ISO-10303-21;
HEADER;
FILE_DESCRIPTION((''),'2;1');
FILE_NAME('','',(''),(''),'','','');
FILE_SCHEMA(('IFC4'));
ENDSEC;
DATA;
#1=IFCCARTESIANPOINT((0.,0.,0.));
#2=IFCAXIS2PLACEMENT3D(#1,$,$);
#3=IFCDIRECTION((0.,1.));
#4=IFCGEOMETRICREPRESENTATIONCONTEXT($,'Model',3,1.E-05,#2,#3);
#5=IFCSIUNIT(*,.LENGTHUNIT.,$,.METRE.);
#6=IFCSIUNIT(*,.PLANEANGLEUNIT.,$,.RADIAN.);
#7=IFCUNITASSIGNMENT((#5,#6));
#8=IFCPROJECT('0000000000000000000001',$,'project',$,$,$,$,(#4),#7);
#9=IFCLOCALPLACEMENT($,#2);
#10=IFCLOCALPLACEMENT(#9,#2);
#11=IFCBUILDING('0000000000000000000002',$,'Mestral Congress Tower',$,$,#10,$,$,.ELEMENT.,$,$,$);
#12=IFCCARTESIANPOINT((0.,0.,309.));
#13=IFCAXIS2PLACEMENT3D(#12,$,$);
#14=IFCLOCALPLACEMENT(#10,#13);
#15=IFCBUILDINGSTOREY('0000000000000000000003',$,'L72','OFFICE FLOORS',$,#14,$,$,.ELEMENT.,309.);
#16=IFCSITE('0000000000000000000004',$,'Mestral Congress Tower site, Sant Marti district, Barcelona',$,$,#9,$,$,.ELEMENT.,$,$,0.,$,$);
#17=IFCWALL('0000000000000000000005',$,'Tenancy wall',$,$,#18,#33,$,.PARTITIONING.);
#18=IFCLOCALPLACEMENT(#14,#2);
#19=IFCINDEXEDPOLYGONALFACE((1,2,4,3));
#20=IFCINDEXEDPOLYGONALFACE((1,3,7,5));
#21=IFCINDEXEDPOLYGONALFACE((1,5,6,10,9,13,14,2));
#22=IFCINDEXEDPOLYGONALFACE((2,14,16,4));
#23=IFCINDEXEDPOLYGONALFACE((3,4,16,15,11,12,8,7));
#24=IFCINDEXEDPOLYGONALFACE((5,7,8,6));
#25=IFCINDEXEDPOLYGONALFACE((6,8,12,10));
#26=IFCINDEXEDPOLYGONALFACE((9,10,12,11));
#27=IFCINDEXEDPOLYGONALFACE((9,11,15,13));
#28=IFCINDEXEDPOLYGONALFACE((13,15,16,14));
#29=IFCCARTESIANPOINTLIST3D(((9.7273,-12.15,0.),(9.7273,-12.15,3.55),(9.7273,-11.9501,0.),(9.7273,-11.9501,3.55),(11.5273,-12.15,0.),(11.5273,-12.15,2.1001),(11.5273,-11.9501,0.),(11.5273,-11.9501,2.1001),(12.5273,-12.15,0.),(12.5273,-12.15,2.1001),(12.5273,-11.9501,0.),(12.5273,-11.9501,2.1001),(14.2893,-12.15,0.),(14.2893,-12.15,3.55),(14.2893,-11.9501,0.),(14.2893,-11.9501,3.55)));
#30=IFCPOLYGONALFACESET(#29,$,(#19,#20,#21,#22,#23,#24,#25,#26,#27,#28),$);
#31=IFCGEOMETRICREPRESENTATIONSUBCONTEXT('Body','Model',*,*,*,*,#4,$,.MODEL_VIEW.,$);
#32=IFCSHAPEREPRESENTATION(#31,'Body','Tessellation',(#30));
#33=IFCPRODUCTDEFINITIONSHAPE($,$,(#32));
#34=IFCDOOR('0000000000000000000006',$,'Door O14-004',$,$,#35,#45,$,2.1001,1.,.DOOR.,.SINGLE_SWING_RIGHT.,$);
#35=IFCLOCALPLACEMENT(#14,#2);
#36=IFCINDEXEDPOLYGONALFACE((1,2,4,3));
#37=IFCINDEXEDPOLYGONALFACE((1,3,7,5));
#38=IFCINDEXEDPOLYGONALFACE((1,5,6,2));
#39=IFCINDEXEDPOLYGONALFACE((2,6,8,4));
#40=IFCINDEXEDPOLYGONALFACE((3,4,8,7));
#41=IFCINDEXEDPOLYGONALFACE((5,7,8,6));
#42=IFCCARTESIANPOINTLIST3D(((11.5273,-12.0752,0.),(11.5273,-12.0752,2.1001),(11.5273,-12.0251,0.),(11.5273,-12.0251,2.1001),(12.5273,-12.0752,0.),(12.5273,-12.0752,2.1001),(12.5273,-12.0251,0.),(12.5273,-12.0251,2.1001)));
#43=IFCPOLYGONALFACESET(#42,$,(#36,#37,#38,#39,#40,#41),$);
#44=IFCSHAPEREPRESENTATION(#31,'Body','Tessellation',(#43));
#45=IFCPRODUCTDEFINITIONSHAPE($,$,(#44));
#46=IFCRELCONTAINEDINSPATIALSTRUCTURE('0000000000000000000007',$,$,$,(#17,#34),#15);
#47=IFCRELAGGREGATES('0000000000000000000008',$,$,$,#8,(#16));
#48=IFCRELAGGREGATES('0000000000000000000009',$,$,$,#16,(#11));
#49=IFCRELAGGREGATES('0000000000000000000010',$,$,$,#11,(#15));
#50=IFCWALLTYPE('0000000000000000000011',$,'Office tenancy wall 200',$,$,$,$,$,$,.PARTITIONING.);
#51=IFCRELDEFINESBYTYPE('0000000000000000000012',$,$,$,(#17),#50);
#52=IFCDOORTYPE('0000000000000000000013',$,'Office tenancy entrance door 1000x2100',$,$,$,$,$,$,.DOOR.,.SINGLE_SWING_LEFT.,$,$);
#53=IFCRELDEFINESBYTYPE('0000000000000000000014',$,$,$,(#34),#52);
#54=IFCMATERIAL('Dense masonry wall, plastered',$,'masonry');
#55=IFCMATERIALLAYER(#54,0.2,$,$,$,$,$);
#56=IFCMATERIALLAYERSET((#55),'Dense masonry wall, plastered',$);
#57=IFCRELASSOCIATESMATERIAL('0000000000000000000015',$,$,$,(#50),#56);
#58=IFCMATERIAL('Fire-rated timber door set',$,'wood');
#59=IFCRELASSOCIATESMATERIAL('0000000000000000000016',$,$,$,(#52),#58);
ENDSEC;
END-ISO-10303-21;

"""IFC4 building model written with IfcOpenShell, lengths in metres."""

from ifc_helpers import new_model, si_unit, direction, frame, frame_2d, origin, place, context, subcontext, project, spatial, rectangle, extrude, material, layer, layer_set, type_object, element, fill, save


model = new_model("IFC4")

# Units and contexts
model_context = context("Model", 3, precision=1e-05, world=origin(), true_north=direction((0.0, 1.0)))
body_context = subcontext(model_context, "Body", "Model", "MODEL_VIEW")
ifc_project = project(units=[si_unit("LENGTHUNIT", "METRE"), si_unit("PLANEANGLEUNIT", "RADIAN")], contexts=[model_context])

# Site, building, storey
site_placement = place(None, origin())
site = spatial("IfcSite", under=ifc_project, at=site_placement, Name="Mestral Congress Tower site, Sant Marti district, Barcelona", CompositionType="ELEMENT", RefElevation=0.0)
building_placement = place(site_placement, origin())
building = spatial("IfcBuilding", under=site, at=building_placement, Name="Mestral Congress Tower", CompositionType="ELEMENT")
storey_placement = place(building_placement, frame((0.0, 0.0, 309.0)))
storey = spatial("IfcBuildingStorey", under=building, at=storey_placement, Name="L72", Description="OFFICE FLOORS", CompositionType="ELEMENT", Elevation=309.0)

# Shared definitions
ifc_material_1 = material(Name="Dense masonry wall, plastered", Category="masonry")
ifc_layer_1 = layer(ifc_material_1, 0.2)
ifc_layer_set_1 = layer_set([ifc_layer_1], Name="Dense masonry wall, plastered")
wall_type_1 = type_object("IfcWallType", Name="Office tenancy wall 200", PredefinedType="PARTITIONING", material=ifc_layer_set_1)

# Wall, opening, door
wall_1_placement = place(storey_placement, frame((9.7273, -12.05, 0.0), z_axis=(0.0, 0.0, 1.0), x_axis=(1.0, 0.0, 0.0)))
wall_1 = element("IfcWall", 1, at=wall_1_placement, inside=storey, type_object=wall_type_1, Name="Tenancy wall", PredefinedType="PARTITIONING", context=body_context, shape_type="SweptSolid", body=[
    extrude(rectangle(XDim=4.562, YDim=0.2, at=frame_2d((2.281, 0.0))), origin(), (0.0, 0.0, 1.0), 3.55),
])
opening_1_placement = place(wall_1_placement, frame((1.8, 0.0, 0.0)))
opening_1 = element("IfcOpeningElement", 2, at=opening_1_placement, cuts=wall_1, PredefinedType="OPENING", context=body_context, shape_type="SweptSolid", body=[
    extrude(rectangle(XDim=1.0, YDim=2.1001, at=frame_2d((0.5, 1.05))), frame((0.0, 0.1099, 0.0), z_axis=(0.0, -1.0, 0.0), x_axis=(1.0, 0.0, 0.0)), (0.0, 0.0, 1.0), 0.22),
])
ifc_material_2 = material(Name="Fire-rated timber door set", Category="wood")
door_type_1 = type_object("IfcDoorType", Name="Office tenancy entrance door 1000x2100", OperationType="SINGLE_SWING_LEFT", PredefinedType="DOOR", material=ifc_material_2)
door_1_placement = place(opening_1_placement, origin())
door_1 = element("IfcDoor", 3, at=door_1_placement, inside=storey, type_object=door_type_1, Name="Door O14-004", OperationType="SINGLE_SWING_RIGHT", OverallHeight=2.1001, OverallWidth=1.0, PredefinedType="DOOR", context=body_context, shape_type="SweptSolid", body=[
    extrude(rectangle(XDim=1.0, YDim=2.1001, at=frame_2d((0.5, 1.05))), frame((0.0, 0.0249, 0.0), z_axis=(0.0, -1.0, 0.0), x_axis=(1.0, 0.0, 0.0)), (0.0, 0.0, 1.0), 0.05),
])
fill(opening_1, door_1)

save(model, "model.ifc")
